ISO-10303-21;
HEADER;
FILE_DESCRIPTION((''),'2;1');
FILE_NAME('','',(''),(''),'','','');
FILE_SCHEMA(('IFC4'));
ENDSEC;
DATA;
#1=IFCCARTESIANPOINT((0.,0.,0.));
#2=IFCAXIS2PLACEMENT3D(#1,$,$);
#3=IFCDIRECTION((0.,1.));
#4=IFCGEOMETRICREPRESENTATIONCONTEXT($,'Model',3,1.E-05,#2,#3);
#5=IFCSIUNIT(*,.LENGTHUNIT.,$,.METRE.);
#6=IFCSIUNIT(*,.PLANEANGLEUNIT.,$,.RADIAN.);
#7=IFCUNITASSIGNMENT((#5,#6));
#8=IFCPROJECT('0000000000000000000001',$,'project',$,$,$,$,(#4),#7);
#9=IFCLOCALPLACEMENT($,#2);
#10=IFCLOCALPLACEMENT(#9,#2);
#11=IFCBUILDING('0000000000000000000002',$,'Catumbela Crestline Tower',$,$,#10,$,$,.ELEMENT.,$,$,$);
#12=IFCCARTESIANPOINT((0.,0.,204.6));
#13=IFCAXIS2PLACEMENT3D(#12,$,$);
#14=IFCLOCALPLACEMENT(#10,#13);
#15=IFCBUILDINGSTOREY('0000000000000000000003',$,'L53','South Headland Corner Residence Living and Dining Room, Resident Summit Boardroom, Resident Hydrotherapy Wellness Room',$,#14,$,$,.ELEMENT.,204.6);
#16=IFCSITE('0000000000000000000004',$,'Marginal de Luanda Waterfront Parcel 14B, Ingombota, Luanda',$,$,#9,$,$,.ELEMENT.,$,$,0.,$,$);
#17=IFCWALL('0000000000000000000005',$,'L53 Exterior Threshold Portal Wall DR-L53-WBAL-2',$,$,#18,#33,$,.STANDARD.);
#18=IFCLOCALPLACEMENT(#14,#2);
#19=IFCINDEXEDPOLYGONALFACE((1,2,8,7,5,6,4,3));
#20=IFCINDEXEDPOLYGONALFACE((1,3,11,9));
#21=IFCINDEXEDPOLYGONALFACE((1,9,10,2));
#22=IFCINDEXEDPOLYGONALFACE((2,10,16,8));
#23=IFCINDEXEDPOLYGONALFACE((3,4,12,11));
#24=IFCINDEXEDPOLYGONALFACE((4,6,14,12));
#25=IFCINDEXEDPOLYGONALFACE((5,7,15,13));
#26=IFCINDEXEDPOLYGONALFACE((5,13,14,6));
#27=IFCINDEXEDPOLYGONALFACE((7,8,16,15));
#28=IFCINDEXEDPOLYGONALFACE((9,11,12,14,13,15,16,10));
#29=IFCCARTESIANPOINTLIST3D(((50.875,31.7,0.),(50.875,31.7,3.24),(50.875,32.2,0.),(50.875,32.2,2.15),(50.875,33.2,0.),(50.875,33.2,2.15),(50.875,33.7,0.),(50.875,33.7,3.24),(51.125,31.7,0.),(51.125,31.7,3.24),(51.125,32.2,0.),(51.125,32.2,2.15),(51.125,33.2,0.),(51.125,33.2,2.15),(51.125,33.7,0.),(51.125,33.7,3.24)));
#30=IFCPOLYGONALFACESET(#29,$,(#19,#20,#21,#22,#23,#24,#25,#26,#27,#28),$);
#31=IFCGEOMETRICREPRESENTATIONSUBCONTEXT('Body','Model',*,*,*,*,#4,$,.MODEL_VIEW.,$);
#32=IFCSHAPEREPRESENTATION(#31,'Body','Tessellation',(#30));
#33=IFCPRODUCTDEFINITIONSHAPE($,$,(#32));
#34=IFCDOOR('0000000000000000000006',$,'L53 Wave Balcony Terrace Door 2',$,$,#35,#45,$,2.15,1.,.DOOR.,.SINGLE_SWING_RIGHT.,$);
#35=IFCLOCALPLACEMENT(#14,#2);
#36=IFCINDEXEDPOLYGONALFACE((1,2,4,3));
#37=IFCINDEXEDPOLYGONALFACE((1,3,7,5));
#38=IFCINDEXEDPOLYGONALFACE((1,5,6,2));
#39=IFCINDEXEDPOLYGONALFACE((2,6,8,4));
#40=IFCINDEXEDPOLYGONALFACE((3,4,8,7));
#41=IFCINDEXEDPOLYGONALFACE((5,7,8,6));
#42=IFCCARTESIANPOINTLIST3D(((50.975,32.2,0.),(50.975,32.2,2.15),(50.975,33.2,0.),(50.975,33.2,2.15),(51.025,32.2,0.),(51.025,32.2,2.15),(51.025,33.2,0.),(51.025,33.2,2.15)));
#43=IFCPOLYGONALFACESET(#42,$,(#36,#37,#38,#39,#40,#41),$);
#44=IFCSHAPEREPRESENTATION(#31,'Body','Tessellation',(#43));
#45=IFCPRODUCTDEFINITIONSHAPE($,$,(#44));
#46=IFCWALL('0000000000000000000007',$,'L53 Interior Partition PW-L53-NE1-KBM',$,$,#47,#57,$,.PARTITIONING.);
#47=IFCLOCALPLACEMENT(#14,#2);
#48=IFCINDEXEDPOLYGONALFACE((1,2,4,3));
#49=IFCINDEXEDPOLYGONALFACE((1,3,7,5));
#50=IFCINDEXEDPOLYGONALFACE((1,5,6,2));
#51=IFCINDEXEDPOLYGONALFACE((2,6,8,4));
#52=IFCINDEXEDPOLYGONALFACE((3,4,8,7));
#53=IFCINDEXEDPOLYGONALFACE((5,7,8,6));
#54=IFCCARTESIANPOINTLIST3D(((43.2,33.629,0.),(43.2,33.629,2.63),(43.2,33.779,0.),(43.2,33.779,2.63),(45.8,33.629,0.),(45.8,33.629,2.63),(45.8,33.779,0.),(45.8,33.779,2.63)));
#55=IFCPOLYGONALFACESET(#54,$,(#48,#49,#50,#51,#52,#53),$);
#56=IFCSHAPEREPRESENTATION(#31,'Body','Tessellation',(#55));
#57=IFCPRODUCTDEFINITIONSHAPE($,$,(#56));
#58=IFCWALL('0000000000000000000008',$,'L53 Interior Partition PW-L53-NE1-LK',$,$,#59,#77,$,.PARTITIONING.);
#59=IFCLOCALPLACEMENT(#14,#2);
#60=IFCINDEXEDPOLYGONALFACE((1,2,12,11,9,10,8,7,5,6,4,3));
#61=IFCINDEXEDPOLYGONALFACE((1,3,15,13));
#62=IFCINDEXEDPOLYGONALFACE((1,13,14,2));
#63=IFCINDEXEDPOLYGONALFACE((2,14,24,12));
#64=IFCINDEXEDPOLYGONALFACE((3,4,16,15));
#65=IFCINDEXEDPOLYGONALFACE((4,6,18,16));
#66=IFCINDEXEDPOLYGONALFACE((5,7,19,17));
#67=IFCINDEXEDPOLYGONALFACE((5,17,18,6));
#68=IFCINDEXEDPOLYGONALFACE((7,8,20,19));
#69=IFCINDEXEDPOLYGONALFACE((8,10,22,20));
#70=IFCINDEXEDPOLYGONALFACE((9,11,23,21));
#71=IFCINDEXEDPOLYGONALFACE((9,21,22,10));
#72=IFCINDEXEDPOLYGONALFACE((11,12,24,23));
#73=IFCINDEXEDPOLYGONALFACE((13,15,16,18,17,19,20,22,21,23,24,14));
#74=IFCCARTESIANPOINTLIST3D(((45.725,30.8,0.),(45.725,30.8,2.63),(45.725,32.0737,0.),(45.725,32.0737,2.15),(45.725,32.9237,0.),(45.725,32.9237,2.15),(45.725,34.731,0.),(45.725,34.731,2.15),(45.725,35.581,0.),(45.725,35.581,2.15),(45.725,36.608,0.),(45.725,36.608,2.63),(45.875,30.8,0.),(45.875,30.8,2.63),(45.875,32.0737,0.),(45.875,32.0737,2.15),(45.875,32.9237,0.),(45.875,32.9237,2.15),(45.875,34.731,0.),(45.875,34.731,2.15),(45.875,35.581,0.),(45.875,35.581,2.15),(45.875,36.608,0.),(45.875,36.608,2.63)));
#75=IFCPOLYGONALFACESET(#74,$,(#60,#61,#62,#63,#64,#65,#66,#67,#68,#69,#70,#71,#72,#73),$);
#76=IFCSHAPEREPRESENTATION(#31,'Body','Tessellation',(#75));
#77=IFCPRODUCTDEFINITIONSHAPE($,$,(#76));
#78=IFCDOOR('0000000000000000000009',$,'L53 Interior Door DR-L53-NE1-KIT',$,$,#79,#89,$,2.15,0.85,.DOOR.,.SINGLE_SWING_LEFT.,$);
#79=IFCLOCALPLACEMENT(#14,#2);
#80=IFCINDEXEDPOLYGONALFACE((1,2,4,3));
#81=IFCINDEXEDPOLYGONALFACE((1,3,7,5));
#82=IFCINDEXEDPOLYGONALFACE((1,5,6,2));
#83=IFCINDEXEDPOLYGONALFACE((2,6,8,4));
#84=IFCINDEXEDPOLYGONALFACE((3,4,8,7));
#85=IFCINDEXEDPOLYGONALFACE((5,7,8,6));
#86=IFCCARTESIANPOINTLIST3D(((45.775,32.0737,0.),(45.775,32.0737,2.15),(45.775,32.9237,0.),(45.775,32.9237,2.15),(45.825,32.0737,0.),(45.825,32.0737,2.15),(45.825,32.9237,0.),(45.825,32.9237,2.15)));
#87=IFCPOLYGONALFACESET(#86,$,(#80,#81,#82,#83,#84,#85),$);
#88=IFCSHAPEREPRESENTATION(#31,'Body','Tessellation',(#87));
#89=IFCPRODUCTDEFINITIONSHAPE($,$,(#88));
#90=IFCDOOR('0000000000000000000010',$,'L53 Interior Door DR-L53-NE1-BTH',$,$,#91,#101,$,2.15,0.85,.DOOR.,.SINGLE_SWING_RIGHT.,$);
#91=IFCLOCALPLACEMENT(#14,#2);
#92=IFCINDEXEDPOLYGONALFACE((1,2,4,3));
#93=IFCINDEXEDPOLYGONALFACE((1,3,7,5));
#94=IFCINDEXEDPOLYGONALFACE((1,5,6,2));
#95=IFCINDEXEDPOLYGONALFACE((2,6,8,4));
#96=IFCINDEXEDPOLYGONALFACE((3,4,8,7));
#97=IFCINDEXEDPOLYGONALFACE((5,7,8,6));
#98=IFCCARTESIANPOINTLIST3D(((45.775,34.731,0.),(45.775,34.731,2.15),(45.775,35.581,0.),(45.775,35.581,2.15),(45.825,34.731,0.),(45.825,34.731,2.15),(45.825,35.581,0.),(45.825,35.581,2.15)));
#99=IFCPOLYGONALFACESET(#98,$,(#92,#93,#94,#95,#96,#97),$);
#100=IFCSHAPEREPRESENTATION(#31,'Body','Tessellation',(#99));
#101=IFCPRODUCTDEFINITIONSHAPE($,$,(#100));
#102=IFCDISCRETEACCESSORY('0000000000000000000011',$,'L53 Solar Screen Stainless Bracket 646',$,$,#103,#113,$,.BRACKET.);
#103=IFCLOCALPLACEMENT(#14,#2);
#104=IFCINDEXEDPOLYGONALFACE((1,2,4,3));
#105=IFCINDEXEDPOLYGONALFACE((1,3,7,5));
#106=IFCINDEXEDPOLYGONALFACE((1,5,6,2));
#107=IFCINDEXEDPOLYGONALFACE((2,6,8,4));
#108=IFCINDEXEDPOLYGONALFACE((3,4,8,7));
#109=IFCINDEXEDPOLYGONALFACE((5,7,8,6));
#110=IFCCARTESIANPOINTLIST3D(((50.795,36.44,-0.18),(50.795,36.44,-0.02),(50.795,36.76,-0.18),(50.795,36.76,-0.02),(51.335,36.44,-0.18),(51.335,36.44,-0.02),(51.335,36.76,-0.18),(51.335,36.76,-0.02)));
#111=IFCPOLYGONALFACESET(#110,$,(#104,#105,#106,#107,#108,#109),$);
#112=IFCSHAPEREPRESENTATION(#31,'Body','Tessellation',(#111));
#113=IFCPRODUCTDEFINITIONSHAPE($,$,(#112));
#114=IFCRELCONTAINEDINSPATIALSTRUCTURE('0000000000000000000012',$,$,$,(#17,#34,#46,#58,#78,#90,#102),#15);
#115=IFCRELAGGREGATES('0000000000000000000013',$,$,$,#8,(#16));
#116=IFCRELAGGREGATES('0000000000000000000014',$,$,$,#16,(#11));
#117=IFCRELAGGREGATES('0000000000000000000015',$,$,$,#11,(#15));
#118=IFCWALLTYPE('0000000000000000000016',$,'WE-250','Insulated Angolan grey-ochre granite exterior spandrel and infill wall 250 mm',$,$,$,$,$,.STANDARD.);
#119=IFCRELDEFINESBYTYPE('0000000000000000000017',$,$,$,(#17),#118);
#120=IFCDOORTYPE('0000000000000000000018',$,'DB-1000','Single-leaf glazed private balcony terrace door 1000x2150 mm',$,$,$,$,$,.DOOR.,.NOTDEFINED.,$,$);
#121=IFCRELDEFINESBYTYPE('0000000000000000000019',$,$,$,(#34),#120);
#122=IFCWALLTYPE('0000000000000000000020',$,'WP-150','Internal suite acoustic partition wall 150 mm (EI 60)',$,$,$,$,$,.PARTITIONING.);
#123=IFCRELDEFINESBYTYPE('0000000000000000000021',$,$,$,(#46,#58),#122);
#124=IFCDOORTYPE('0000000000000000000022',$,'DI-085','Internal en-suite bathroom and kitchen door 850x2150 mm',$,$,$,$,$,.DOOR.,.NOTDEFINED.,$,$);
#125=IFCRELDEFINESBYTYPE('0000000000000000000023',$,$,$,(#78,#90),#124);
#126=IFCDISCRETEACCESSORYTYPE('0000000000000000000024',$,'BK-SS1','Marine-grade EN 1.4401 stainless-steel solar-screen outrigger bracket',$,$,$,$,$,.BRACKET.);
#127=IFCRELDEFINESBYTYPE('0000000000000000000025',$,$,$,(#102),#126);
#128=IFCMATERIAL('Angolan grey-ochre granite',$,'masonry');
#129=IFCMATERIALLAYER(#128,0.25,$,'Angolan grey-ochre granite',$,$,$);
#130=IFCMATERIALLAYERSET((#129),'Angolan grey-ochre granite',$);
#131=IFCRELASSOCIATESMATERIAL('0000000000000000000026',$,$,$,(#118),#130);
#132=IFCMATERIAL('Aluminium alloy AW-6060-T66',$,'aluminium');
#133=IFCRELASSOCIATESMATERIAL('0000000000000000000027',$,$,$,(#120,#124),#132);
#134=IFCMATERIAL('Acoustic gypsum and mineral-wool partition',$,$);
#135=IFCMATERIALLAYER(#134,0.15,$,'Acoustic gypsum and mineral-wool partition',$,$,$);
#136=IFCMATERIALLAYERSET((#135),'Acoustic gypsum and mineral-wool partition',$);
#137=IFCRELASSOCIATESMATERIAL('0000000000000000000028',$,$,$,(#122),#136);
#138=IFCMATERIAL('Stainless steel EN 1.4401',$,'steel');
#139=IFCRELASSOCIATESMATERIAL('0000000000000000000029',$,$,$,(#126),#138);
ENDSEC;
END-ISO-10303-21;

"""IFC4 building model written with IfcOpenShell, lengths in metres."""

from ifc_helpers import new_model, si_unit, direction, frame, frame_2d, origin, origin_2d, place, context, subcontext, project, spatial, rectangle, extrude, material, layer, layer_set, type_object, element, fill, save


model = new_model("IFC4")

# Units and contexts
model_context = context("Model", 3, precision=1e-05, world=origin(), true_north=direction((0.0, 1.0)))
body_context = subcontext(model_context, "Body", "Model", "MODEL_VIEW")
ifc_project = project(units=[si_unit("LENGTHUNIT", "METRE"), si_unit("PLANEANGLEUNIT", "RADIAN")], contexts=[model_context])

# Site, building, storey
site_placement = place(None, origin())
site = spatial("IfcSite", under=ifc_project, at=site_placement, Name="Marginal de Luanda Waterfront Parcel 14B, Ingombota, Luanda", CompositionType="ELEMENT", RefElevation=0.0)
building_placement = place(site_placement, origin())
building = spatial("IfcBuilding", under=site, at=building_placement, Name="Catumbela Crestline Tower", CompositionType="ELEMENT")
storey_placement = place(building_placement, frame((0.0, 0.0, 204.6)))
storey = spatial("IfcBuildingStorey", under=building, at=storey_placement, Name="L53", Description="South Headland Corner Residence Living and Dining Room, Resident Summit Boardroom, Resident Hydrotherapy Wellness Room", CompositionType="ELEMENT", Elevation=204.6)

# Shared definitions
ifc_material_1 = material(Name="Aluminium alloy AW-6060-T66", Category="aluminium")

# Wall, opening, door
ifc_material_2 = material(Name="Angolan grey-ochre granite", Category="masonry")
ifc_layer_1 = layer(ifc_material_2, 0.25, Name="Angolan grey-ochre granite")
ifc_layer_set_1 = layer_set([ifc_layer_1], Name="Angolan grey-ochre granite")
wall_type_1 = type_object("IfcWallType", Name="WE-250", Description="Insulated Angolan grey-ochre granite exterior spandrel and infill wall 250 mm", PredefinedType="STANDARD", material=ifc_layer_set_1)
wall_1_placement = place(storey_placement, frame((51.0, 31.7, 0.0), z_axis=(0.0, 0.0, 1.0), x_axis=(0.0, 1.0, 0.0)))
wall_1 = element("IfcWall", 1, at=wall_1_placement, inside=storey, type_object=wall_type_1, Name="L53 Exterior Threshold Portal Wall DR-L53-WBAL-2", PredefinedType="STANDARD", context=body_context, shape_type="SweptSolid", body=[
    extrude(rectangle(XDim=2.0, YDim=0.25, at=frame_2d((1.0, 0.0))), origin(), (0.0, 0.0, 1.0), 3.24),
])
opening_1_placement = place(wall_1_placement, frame((0.5, 0.0, 0.0)))
opening_1 = element("IfcOpeningElement", 2, at=opening_1_placement, cuts=wall_1, PredefinedType="OPENING", context=body_context, shape_type="SweptSolid", body=[
    extrude(rectangle(XDim=1.0, YDim=2.15, at=frame_2d((0.5, 1.075))), frame((0.0, 0.135, 0.0), z_axis=(0.0, -1.0, 0.0), x_axis=(1.0, 0.0, 0.0)), (0.0, 0.0, 1.0), 0.27),
])
door_type_1 = type_object("IfcDoorType", Name="DB-1000", Description="Single-leaf glazed private balcony terrace door 1000x2150 mm", OperationType="NOTDEFINED", PredefinedType="DOOR", material=ifc_material_1)
door_1_placement = place(opening_1_placement, origin())
door_1 = element("IfcDoor", 3, at=door_1_placement, inside=storey, type_object=door_type_1, Name="L53 Wave Balcony Terrace Door 2", OperationType="SINGLE_SWING_RIGHT", OverallHeight=2.15, OverallWidth=1.0, PredefinedType="DOOR", context=body_context, shape_type="SweptSolid", body=[
    extrude(rectangle(XDim=1.0, YDim=2.15, at=frame_2d((0.5, 1.075))), frame((0.0, 0.025, 0.0), z_axis=(0.0, -1.0, 0.0), x_axis=(1.0, 0.0, 0.0)), (0.0, 0.0, 1.0), 0.05),
])
fill(opening_1, door_1)

# Wall
ifc_material_3 = material(Name="Acoustic gypsum and mineral-wool partition")
ifc_layer_2 = layer(ifc_material_3, 0.15, Name="Acoustic gypsum and mineral-wool partition")
ifc_layer_set_2 = layer_set([ifc_layer_2], Name="Acoustic gypsum and mineral-wool partition")
wall_type_2 = type_object("IfcWallType", Name="WP-150", Description="Internal suite acoustic partition wall 150 mm (EI 60)", PredefinedType="PARTITIONING", material=ifc_layer_set_2)
wall_2_placement = place(storey_placement, frame((43.2, 33.704, 0.0), z_axis=(0.0, 0.0, 1.0), x_axis=(1.0, 0.0, 0.0)))
element("IfcWall", 4, at=wall_2_placement, inside=storey, type_object=wall_type_2, Name="L53 Interior Partition PW-L53-NE1-KBM", PredefinedType="PARTITIONING", context=body_context, shape_type="SweptSolid", body=[
    extrude(rectangle(XDim=2.6, YDim=0.15, at=frame_2d((1.3, 0.0))), origin(), (0.0, 0.0, 1.0), 2.63),
])

# Wall, openings, doors
wall_3_placement = place(storey_placement, frame((45.8, 30.8, 0.0), z_axis=(0.0, 0.0, 1.0), x_axis=(0.0, 1.0, 0.0)))
wall_3 = element("IfcWall", 5, at=wall_3_placement, inside=storey, type_object=wall_type_2, Name="L53 Interior Partition PW-L53-NE1-LK", PredefinedType="PARTITIONING", context=body_context, shape_type="SweptSolid", body=[
    extrude(rectangle(XDim=5.808, YDim=0.15, at=frame_2d((2.904, 0.0))), origin(), (0.0, 0.0, 1.0), 2.63),
])
opening_2_placement = place(wall_3_placement, frame((1.2737, 0.0, 0.0)))
opening_2 = element("IfcOpeningElement", 6, at=opening_2_placement, cuts=wall_3, PredefinedType="OPENING", context=body_context, shape_type="SweptSolid", body=[
    extrude(rectangle(XDim=0.85, YDim=2.15, at=frame_2d((0.425, 1.075))), frame((0.0, 0.085, 0.0), z_axis=(0.0, -1.0, 0.0), x_axis=(1.0, 0.0, 0.0)), (0.0, 0.0, 1.0), 0.17),
])
opening_3_placement = place(wall_3_placement, frame((3.931, 0.0, 0.0)))
opening_3 = element("IfcOpeningElement", 7, at=opening_3_placement, cuts=wall_3, PredefinedType="OPENING", context=body_context, shape_type="SweptSolid", body=[
    extrude(rectangle(XDim=0.85, YDim=2.15, at=frame_2d((0.425, 1.075))), frame((0.0, 0.085, 0.0), z_axis=(0.0, -1.0, 0.0), x_axis=(1.0, 0.0, 0.0)), (0.0, 0.0, 1.0), 0.17),
])
door_type_2 = type_object("IfcDoorType", Name="DI-085", Description="Internal en-suite bathroom and kitchen door 850x2150 mm", OperationType="NOTDEFINED", PredefinedType="DOOR", material=ifc_material_1)
door_2_placement = place(opening_2_placement, origin())
door_2 = element("IfcDoor", 8, at=door_2_placement, inside=storey, type_object=door_type_2, Name="L53 Interior Door DR-L53-NE1-KIT", OperationType="SINGLE_SWING_LEFT", OverallHeight=2.15, OverallWidth=0.85, PredefinedType="DOOR", context=body_context, shape_type="SweptSolid", body=[
    extrude(rectangle(XDim=0.85, YDim=2.15, at=frame_2d((0.425, 1.075))), frame((0.0, 0.025, 0.0), z_axis=(0.0, -1.0, 0.0), x_axis=(1.0, 0.0, 0.0)), (0.0, 0.0, 1.0), 0.05),
])
fill(opening_2, door_2)
door_3_placement = place(opening_3_placement, origin())
door_3 = element("IfcDoor", 9, at=door_3_placement, inside=storey, type_object=door_type_2, Name="L53 Interior Door DR-L53-NE1-BTH", OperationType="SINGLE_SWING_RIGHT", OverallHeight=2.15, OverallWidth=0.85, PredefinedType="DOOR", context=body_context, shape_type="SweptSolid", body=[
    extrude(rectangle(XDim=0.85, YDim=2.15, at=frame_2d((0.425, 1.075))), frame((0.0, 0.025, 0.0), z_axis=(0.0, -1.0, 0.0), x_axis=(1.0, 0.0, 0.0)), (0.0, 0.0, 1.0), 0.05),
])
fill(opening_3, door_3)

# Shared definitions
ifc_material_4 = material(Name="Stainless steel EN 1.4401", Category="steel")

# Discrete accessory
discrete_accessory_type = type_object("IfcDiscreteAccessoryType", Name="BK-SS1", Description="Marine-grade EN 1.4401 stainless-steel solar-screen outrigger bracket", PredefinedType="BRACKET", material=ifc_material_4)
discrete_accessory_placement = place(storey_placement, frame((51.065, 36.6, -0.18), z_axis=(0.0, 0.0, 1.0), x_axis=(0.0, 1.0, 0.0)))
element("IfcDiscreteAccessory", 10, at=discrete_accessory_placement, inside=storey, type_object=discrete_accessory_type, Name="L53 Solar Screen Stainless Bracket 646", PredefinedType="BRACKET", context=body_context, shape_type="SweptSolid", body=[
    extrude(rectangle(XDim=0.32, YDim=0.54, at=origin_2d()), origin(), (0.0, 0.0, 1.0), 0.16),
])

save(model, "model.ifc")
